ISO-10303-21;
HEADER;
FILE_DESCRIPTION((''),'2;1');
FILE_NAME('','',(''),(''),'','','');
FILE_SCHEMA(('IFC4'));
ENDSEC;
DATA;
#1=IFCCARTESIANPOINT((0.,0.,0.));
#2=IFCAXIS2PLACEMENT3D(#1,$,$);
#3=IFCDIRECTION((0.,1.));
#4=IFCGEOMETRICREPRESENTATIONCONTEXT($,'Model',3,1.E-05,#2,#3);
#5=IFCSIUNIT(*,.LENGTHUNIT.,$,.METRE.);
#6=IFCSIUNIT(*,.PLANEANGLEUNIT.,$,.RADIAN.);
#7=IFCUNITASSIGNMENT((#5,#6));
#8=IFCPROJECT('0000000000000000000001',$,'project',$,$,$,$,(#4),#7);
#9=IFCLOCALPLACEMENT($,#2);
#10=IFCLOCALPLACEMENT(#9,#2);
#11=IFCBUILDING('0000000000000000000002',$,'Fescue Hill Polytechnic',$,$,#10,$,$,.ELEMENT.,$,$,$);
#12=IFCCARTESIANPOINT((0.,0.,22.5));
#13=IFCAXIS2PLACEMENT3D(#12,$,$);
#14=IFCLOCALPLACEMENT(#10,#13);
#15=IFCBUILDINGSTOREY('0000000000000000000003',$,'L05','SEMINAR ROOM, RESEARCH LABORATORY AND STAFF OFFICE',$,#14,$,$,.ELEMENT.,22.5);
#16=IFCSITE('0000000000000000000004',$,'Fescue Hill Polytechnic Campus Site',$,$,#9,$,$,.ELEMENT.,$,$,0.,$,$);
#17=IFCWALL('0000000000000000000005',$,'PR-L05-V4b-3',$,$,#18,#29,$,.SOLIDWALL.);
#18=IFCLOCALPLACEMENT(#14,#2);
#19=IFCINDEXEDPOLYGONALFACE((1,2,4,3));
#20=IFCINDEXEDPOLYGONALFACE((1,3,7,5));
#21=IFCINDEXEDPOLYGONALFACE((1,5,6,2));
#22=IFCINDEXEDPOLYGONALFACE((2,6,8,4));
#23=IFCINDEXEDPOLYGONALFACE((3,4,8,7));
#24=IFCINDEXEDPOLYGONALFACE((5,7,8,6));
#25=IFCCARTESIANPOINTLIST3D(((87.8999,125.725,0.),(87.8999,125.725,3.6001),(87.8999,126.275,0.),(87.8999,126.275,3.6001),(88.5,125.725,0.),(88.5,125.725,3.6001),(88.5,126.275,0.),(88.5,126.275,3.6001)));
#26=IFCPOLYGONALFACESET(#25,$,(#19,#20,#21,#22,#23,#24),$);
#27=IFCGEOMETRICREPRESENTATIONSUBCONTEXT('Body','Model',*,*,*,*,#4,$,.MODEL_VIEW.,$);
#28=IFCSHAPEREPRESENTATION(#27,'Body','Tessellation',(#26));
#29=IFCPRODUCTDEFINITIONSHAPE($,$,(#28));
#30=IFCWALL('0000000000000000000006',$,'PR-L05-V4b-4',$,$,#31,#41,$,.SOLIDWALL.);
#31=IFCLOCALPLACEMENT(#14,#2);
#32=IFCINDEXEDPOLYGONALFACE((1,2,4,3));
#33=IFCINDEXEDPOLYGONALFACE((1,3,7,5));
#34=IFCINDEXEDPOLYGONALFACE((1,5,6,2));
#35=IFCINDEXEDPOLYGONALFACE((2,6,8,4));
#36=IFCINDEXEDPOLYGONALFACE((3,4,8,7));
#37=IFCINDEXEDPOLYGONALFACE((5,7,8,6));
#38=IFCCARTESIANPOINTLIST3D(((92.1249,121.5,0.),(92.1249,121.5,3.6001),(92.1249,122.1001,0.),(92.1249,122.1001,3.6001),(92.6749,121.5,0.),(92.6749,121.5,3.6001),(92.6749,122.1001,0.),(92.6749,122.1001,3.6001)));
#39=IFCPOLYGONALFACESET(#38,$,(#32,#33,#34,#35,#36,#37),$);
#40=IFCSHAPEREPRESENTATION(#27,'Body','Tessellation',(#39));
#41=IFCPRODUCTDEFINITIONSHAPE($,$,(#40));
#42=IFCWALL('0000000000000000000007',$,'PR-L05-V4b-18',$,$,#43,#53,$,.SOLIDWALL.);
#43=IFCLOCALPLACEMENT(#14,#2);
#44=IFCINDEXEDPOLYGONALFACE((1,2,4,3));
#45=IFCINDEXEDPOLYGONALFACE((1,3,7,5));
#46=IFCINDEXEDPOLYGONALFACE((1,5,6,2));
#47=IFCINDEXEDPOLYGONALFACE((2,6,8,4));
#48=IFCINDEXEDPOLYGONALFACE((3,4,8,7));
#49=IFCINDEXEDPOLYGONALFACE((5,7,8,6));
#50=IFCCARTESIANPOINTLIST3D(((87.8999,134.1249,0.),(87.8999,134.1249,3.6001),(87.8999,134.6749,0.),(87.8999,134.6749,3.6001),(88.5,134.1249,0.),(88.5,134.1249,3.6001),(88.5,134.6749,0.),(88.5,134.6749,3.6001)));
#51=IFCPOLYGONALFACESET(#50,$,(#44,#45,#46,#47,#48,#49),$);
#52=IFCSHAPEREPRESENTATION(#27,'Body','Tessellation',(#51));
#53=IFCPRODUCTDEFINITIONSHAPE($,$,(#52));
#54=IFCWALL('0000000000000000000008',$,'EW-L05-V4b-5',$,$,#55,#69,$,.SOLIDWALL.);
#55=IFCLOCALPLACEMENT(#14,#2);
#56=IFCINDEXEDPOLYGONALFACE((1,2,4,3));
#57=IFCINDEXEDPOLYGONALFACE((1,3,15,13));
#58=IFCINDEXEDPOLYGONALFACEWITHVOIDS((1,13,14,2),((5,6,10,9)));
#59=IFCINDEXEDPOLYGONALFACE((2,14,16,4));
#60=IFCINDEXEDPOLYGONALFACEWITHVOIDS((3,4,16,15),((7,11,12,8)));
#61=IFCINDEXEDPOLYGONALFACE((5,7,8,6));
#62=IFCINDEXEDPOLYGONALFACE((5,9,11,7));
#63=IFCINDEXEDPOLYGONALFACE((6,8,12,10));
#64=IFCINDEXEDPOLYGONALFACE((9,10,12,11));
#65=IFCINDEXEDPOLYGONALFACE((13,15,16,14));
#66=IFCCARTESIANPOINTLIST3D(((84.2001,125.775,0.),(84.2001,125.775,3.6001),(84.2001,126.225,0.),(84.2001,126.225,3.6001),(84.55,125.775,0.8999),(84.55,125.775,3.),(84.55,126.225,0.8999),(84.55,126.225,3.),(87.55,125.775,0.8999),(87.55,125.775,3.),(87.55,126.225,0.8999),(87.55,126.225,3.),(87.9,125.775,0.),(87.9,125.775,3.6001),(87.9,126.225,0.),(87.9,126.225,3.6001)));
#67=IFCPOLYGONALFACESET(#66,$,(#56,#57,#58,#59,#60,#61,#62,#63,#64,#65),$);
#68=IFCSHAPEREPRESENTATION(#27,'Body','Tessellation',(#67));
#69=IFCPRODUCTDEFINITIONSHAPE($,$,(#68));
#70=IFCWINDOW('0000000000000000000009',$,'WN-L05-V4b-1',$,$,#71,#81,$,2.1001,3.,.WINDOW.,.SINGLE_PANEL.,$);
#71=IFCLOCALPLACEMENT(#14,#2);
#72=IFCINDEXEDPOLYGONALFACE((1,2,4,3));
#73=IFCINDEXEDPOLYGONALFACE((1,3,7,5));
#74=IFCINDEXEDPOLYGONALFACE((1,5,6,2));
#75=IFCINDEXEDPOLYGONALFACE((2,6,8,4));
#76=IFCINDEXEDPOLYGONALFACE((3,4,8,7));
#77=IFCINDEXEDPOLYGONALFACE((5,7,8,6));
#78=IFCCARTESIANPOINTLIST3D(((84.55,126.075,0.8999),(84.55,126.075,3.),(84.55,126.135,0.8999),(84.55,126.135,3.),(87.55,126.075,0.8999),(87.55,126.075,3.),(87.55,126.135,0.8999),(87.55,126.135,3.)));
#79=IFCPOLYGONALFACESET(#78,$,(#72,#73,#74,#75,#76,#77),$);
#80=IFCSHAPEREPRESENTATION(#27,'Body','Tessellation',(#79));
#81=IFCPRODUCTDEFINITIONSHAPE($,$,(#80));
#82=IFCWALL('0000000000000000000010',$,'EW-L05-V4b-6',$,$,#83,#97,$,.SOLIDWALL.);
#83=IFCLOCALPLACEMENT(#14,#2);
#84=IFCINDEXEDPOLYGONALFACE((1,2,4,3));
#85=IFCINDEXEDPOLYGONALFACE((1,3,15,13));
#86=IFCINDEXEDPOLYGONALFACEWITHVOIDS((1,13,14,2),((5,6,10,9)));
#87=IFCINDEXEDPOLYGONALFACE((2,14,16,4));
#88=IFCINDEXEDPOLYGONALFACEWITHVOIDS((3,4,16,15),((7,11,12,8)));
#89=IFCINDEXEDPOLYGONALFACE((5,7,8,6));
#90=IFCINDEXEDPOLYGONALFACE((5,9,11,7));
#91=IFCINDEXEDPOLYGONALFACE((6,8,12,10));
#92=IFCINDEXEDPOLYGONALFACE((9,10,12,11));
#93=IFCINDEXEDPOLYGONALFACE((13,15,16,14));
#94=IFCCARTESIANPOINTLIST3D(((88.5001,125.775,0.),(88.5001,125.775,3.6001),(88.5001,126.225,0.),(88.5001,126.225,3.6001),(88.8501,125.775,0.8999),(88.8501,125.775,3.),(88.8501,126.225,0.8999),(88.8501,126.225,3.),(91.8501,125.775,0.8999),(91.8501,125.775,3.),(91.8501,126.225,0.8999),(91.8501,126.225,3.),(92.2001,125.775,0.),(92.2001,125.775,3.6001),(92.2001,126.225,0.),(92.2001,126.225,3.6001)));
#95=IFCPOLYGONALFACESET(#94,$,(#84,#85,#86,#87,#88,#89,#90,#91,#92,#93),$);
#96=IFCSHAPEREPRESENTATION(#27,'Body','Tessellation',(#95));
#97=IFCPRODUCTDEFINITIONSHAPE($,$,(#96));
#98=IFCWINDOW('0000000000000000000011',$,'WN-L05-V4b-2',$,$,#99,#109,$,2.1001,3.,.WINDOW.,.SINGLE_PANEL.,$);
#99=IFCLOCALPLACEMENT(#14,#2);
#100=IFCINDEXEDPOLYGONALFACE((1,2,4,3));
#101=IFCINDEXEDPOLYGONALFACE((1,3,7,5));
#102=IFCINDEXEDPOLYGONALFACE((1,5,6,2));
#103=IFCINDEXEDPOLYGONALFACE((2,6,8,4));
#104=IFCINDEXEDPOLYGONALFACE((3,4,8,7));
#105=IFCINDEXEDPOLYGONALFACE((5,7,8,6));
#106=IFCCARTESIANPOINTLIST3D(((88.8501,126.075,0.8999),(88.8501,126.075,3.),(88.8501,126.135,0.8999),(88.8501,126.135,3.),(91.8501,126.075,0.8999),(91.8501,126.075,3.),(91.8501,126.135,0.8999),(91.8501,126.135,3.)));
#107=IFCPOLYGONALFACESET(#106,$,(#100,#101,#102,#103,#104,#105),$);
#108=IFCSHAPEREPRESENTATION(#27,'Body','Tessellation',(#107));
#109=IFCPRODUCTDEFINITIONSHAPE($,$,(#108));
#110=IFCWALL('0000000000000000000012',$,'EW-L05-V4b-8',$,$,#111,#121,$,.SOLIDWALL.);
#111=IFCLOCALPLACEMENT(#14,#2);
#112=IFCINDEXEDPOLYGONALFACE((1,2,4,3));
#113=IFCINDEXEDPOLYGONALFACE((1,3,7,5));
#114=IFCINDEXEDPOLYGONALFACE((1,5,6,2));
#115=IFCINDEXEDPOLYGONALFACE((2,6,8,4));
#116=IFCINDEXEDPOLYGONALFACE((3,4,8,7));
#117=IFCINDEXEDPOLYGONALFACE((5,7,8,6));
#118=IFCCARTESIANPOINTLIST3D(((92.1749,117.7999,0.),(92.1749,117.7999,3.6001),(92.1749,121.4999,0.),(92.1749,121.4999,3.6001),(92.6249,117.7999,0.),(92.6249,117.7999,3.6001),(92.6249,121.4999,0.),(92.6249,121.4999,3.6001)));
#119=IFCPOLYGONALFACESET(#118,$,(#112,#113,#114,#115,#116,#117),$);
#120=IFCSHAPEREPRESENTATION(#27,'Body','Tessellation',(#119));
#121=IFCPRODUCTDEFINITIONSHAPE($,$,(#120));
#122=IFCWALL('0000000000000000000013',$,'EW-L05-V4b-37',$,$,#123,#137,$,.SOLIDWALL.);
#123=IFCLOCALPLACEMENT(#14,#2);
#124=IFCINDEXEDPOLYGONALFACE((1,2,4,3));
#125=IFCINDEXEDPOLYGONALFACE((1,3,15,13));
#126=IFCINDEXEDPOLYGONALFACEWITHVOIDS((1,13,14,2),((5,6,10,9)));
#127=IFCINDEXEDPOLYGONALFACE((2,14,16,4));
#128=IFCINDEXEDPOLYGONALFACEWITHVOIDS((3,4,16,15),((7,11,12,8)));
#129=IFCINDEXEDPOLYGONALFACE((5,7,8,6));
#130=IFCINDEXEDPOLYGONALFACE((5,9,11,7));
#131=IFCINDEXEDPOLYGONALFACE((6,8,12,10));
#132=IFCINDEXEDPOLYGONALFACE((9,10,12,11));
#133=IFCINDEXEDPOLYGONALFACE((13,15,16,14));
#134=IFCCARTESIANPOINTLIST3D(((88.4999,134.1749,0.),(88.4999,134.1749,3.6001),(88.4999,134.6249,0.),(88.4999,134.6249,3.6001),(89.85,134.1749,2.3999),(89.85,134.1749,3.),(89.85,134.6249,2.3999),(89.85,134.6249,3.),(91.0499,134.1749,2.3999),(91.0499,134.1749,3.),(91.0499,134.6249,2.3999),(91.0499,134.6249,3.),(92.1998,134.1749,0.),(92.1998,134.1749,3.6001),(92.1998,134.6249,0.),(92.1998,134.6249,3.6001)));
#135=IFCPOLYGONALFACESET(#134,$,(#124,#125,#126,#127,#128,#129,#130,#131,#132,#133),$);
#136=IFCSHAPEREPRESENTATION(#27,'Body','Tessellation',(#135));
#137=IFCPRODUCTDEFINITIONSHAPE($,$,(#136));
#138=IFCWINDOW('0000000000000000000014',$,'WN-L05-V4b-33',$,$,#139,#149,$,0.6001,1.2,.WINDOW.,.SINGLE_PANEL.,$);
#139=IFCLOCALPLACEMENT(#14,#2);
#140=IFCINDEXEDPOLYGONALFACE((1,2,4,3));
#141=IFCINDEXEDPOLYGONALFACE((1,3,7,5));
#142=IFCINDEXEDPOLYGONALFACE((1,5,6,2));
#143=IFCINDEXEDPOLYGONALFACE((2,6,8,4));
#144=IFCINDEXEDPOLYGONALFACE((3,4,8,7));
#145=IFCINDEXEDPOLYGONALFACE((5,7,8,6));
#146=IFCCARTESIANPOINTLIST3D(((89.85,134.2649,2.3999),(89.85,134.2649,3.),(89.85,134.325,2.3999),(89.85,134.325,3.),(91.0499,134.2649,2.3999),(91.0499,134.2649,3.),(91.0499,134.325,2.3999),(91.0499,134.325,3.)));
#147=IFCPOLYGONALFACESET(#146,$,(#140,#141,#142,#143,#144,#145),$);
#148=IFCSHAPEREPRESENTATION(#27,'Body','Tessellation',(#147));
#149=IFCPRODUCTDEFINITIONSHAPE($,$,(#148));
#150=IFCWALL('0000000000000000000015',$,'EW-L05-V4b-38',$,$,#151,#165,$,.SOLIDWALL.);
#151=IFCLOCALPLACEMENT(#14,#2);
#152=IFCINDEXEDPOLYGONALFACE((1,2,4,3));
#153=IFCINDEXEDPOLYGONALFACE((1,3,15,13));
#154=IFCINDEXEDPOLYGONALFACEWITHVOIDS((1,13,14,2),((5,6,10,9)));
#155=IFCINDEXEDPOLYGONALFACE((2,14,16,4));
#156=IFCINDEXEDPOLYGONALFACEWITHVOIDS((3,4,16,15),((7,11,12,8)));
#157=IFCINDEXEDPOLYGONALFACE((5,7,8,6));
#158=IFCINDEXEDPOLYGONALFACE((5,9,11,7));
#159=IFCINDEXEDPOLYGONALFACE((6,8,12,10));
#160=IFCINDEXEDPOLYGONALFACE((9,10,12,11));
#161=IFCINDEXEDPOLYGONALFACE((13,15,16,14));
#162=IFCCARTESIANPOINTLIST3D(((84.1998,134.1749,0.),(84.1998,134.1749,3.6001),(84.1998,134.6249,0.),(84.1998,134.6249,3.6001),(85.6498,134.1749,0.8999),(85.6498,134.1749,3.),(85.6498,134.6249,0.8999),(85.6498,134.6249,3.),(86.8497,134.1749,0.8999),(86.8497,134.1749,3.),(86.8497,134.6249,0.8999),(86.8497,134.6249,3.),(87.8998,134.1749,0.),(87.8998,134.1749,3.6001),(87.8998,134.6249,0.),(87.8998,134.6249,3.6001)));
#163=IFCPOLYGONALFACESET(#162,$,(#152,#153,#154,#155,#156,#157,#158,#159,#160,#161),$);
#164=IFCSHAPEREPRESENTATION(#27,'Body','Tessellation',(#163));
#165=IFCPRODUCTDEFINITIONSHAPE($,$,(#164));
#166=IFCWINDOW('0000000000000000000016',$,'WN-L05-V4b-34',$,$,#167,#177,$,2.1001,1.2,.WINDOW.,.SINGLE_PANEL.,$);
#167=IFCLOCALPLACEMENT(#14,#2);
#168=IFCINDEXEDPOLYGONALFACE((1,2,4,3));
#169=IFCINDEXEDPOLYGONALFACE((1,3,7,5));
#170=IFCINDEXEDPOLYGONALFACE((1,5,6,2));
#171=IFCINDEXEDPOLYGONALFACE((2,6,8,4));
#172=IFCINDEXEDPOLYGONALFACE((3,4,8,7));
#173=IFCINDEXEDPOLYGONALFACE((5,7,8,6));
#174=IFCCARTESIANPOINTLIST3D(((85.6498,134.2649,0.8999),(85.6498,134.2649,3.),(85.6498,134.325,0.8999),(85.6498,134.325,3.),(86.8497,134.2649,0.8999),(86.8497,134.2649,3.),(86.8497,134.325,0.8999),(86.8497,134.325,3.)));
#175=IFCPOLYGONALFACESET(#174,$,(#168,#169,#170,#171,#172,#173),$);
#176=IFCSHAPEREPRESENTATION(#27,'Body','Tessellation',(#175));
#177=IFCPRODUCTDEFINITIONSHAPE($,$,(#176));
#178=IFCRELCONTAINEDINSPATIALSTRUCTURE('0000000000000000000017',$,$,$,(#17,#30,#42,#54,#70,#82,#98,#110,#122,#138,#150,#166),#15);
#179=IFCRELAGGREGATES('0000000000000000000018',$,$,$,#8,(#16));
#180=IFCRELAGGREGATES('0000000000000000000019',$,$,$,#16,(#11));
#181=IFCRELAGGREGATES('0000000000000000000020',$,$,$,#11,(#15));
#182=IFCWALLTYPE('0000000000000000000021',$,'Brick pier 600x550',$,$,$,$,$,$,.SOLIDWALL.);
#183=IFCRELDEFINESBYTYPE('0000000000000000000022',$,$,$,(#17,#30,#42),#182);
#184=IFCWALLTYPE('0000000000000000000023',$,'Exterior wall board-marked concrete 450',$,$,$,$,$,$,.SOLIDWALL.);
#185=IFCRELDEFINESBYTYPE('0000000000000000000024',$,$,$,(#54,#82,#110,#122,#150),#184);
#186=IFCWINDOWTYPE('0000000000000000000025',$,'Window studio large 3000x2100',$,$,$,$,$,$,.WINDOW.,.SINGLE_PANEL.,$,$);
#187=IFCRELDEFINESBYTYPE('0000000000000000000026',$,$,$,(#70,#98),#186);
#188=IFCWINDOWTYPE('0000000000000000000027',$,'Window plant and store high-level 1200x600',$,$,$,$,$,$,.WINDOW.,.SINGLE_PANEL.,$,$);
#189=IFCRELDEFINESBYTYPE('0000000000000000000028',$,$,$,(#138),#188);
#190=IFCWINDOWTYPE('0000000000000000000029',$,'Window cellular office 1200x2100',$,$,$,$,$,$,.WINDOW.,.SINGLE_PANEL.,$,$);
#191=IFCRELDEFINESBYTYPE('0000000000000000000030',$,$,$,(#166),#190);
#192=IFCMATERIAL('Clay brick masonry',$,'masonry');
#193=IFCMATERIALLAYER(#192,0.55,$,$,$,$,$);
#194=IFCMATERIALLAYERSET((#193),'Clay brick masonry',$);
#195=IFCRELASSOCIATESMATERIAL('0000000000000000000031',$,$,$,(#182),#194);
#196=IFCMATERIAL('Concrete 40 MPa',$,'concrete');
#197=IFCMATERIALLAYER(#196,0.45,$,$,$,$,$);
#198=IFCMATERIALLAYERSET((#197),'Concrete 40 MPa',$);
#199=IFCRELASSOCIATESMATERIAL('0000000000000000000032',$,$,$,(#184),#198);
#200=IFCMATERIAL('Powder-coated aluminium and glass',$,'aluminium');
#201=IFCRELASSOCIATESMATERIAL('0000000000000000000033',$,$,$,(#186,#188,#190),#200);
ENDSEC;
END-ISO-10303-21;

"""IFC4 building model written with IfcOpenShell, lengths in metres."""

from ifc_helpers import new_model, si_unit, direction, frame, frame_2d, origin, place, context, subcontext, project, spatial, rectangle, extrude, material, layer, layer_set, type_object, element, fill, save


model = new_model("IFC4")

# Units and contexts
model_context = context("Model", 3, precision=1e-05, world=origin(), true_north=direction((0.0, 1.0)))
body_context = subcontext(model_context, "Body", "Model", "MODEL_VIEW")
ifc_project = project(units=[si_unit("LENGTHUNIT", "METRE"), si_unit("PLANEANGLEUNIT", "RADIAN")], contexts=[model_context])

# Site, building, storey
site_placement = place(None, origin())
site = spatial("IfcSite", under=ifc_project, at=site_placement, Name="Fescue Hill Polytechnic Campus Site", CompositionType="ELEMENT", RefElevation=0.0)
building_placement = place(site_placement, origin())
building = spatial("IfcBuilding", under=site, at=building_placement, Name="Fescue Hill Polytechnic", CompositionType="ELEMENT")
storey_placement = place(building_placement, frame((0.0, 0.0, 22.5)))
storey = spatial("IfcBuildingStorey", under=building, at=storey_placement, Name="L05", Description="SEMINAR ROOM, RESEARCH LABORATORY AND STAFF OFFICE", CompositionType="ELEMENT", Elevation=22.5)

# Walls
ifc_material_1 = material(Name="Clay brick masonry", Category="masonry")
ifc_layer_1 = layer(ifc_material_1, 0.55)
ifc_layer_set_1 = layer_set([ifc_layer_1], Name="Clay brick masonry")
wall_type_1 = type_object("IfcWallType", Name="Brick pier 600x550", PredefinedType="SOLIDWALL", material=ifc_layer_set_1)
for number, where, z_axis, x_axis, name in (
    (1, (87.8999, 126.0, 0.0), (0.0, 0.0, 1.0), (1.0, 0.0, 0.0), "PR-L05-V4b-3"),
    (2, (92.3999, 122.1001, 0.0), (0.0, 0.0, 1.0), (0.0, -1.0, 0.0), "PR-L05-V4b-4"),
    (3, (88.5, 134.3999, 0.0), (0.0, 0.0, 1.0), (-1.0, 0.0, 0.0), "PR-L05-V4b-18"),
):
    element("IfcWall", number, at=place(storey_placement, frame(where, z_axis=z_axis, x_axis=x_axis)), inside=storey, type_object=wall_type_1, Name=name, PredefinedType="SOLIDWALL", context=body_context, shape_type="SweptSolid", body=[
        extrude(rectangle(XDim=0.6001, YDim=0.55, at=frame_2d((0.3, 0.0))), origin(), (0.0, 0.0, 1.0), 3.6001),
    ])

# Walls, openings, windows
ifc_material_2 = material(Name="Concrete 40 MPa", Category="concrete")
ifc_layer_2 = layer(ifc_material_2, 0.45)
ifc_layer_set_2 = layer_set([ifc_layer_2], Name="Concrete 40 MPa")
wall_type_2 = type_object("IfcWallType", Name="Exterior wall board-marked concrete 450", PredefinedType="SOLIDWALL", material=ifc_layer_set_2)
wall_1_placement = place(storey_placement, frame((84.2, 126.0, 0.0), z_axis=(0.0, 0.0, 1.0), x_axis=(1.0, 0.0, 0.0)))
wall_1 = element("IfcWall", 4, at=wall_1_placement, inside=storey, type_object=wall_type_2, Name="EW-L05-V4b-5", PredefinedType="SOLIDWALL", context=body_context, shape_type="SweptSolid", body=[
    extrude(rectangle(XDim=3.7, YDim=0.45, at=frame_2d((1.8501, 0.0))), origin(), (0.0, 0.0, 1.0), 3.6001),
])
opening_1_placement = place(wall_1_placement, frame((0.3501, 0.0, 0.8999)))
opening_1 = element("IfcOpeningElement", 5, at=opening_1_placement, cuts=wall_1, PredefinedType="OPENING", context=body_context, shape_type="SweptSolid", body=[
    extrude(rectangle(XDim=3.0, YDim=2.1001, at=frame_2d((1.5, 1.05))), frame((0.0, 0.2349, 0.0), z_axis=(0.0, -1.0, 0.0), x_axis=(1.0, 0.0, 0.0)), (0.0, 0.0, 1.0), 0.47),
])
ifc_material_3 = material(Name="Powder-coated aluminium and glass", Category="aluminium")
window_type_1 = type_object("IfcWindowType", Name="Window studio large 3000x2100", PartitioningType="SINGLE_PANEL", PredefinedType="WINDOW", material=ifc_material_3)
window_1_placement = place(opening_1_placement, origin())
window_1 = element("IfcWindow", 6, at=window_1_placement, inside=storey, type_object=window_type_1, Name="WN-L05-V4b-1", OverallHeight=2.1001, OverallWidth=3.0, PartitioningType="SINGLE_PANEL", PredefinedType="WINDOW", context=body_context, shape_type="SweptSolid", body=[
    extrude(rectangle(XDim=3.0, YDim=2.1001, at=frame_2d((1.5, 1.05))), frame((0.0, 0.135, 0.0), z_axis=(0.0, -1.0, 0.0), x_axis=(1.0, 0.0, 0.0)), (0.0, 0.0, 1.0), 0.0601),
])
fill(opening_1, window_1)
wall_2_placement = place(storey_placement, frame((88.5, 126.0, 0.0), z_axis=(0.0, 0.0, 1.0), x_axis=(1.0, 0.0, 0.0)))
wall_2 = element("IfcWall", 7, at=wall_2_placement, inside=storey, type_object=wall_type_2, Name="EW-L05-V4b-6", PredefinedType="SOLIDWALL", context=body_context, shape_type="SweptSolid", body=[
    extrude(rectangle(XDim=3.7, YDim=0.45, at=frame_2d((1.8501, 0.0))), origin(), (0.0, 0.0, 1.0), 3.6001),
])
opening_2_placement = place(wall_2_placement, frame((0.3501, 0.0, 0.8999)))
opening_2 = element("IfcOpeningElement", 8, at=opening_2_placement, cuts=wall_2, PredefinedType="OPENING", context=body_context, shape_type="SweptSolid", body=[
    extrude(rectangle(XDim=3.0, YDim=2.1001, at=frame_2d((1.5, 1.05))), frame((0.0, 0.2349, 0.0), z_axis=(0.0, -1.0, 0.0), x_axis=(1.0, 0.0, 0.0)), (0.0, 0.0, 1.0), 0.47),
])
window_2_placement = place(opening_2_placement, origin())
window_2 = element("IfcWindow", 9, at=window_2_placement, inside=storey, type_object=window_type_1, Name="WN-L05-V4b-2", OverallHeight=2.1001, OverallWidth=3.0, PartitioningType="SINGLE_PANEL", PredefinedType="WINDOW", context=body_context, shape_type="SweptSolid", body=[
    extrude(rectangle(XDim=3.0, YDim=2.1001, at=frame_2d((1.5, 1.05))), frame((0.0, 0.135, 0.0), z_axis=(0.0, -1.0, 0.0), x_axis=(1.0, 0.0, 0.0)), (0.0, 0.0, 1.0), 0.0601),
])
fill(opening_2, window_2)

# Wall
wall_3_placement = place(storey_placement, frame((92.3999, 121.5, 0.0), z_axis=(0.0, 0.0, 1.0), x_axis=(0.0, -1.0, 0.0)))
element("IfcWall", 10, at=wall_3_placement, inside=storey, type_object=wall_type_2, Name="EW-L05-V4b-8", PredefinedType="SOLIDWALL", context=body_context, shape_type="SweptSolid", body=[
    extrude(rectangle(XDim=3.7, YDim=0.45, at=frame_2d((1.8501, 0.0))), origin(), (0.0, 0.0, 1.0), 3.6001),
])

# Walls, openings, windows
wall_4_placement = place(storey_placement, frame((92.2, 134.3999, 0.0), z_axis=(0.0, 0.0, 1.0), x_axis=(-1.0, 0.0, 0.0)))
wall_4 = element("IfcWall", 11, at=wall_4_placement, inside=storey, type_object=wall_type_2, Name="EW-L05-V4b-37", PredefinedType="SOLIDWALL", context=body_context, shape_type="SweptSolid", body=[
    extrude(rectangle(XDim=3.7, YDim=0.45, at=frame_2d((1.8501, 0.0))), origin(), (0.0, 0.0, 1.0), 3.6001),
])
opening_3_placement = place(wall_4_placement, frame((1.1499, 0.0, 2.3999)))
opening_3 = element("IfcOpeningElement", 12, at=opening_3_placement, cuts=wall_4, PredefinedType="OPENING", context=body_context, shape_type="SweptSolid", body=[
    extrude(rectangle(XDim=1.2, YDim=0.6001, at=frame_2d((0.6001, 0.3))), frame((0.0, 0.2349, 0.0), z_axis=(0.0, -1.0, 0.0), x_axis=(1.0, 0.0, 0.0)), (0.0, 0.0, 1.0), 0.47),
])
window_type_2 = type_object("IfcWindowType", Name="Window plant and store high-level 1200x600", PartitioningType="SINGLE_PANEL", PredefinedType="WINDOW", material=ifc_material_3)
window_3_placement = place(opening_3_placement, origin())
window_3 = element("IfcWindow", 13, at=window_3_placement, inside=storey, type_object=window_type_2, Name="WN-L05-V4b-33", OverallHeight=0.6001, OverallWidth=1.2, PartitioningType="SINGLE_PANEL", PredefinedType="WINDOW", context=body_context, shape_type="SweptSolid", body=[
    extrude(rectangle(XDim=1.2, YDim=0.6001, at=frame_2d((0.6001, 0.3))), frame((0.0, 0.135, 0.0), z_axis=(0.0, -1.0, 0.0), x_axis=(1.0, 0.0, 0.0)), (0.0, 0.0, 1.0), 0.0601),
])
fill(opening_3, window_3)
wall_5_placement = place(storey_placement, frame((87.8999, 134.3999, 0.0), z_axis=(0.0, 0.0, 1.0), x_axis=(-1.0, 0.0, 0.0)))
wall_5 = element("IfcWall", 14, at=wall_5_placement, inside=storey, type_object=wall_type_2, Name="EW-L05-V4b-38", PredefinedType="SOLIDWALL", context=body_context, shape_type="SweptSolid", body=[
    extrude(rectangle(XDim=3.7, YDim=0.45, at=frame_2d((1.8501, 0.0))), origin(), (0.0, 0.0, 1.0), 3.6001),
])
opening_4_placement = place(wall_5_placement, frame((1.05, 0.0, 0.8999)))
opening_4 = element("IfcOpeningElement", 15, at=opening_4_placement, cuts=wall_5, PredefinedType="OPENING", context=body_context, shape_type="SweptSolid", body=[
    extrude(rectangle(XDim=1.2, YDim=2.1001, at=frame_2d((0.6001, 1.05))), frame((0.0, 0.2349, 0.0), z_axis=(0.0, -1.0, 0.0), x_axis=(1.0, 0.0, 0.0)), (0.0, 0.0, 1.0), 0.47),
])
window_type_3 = type_object("IfcWindowType", Name="Window cellular office 1200x2100", PartitioningType="SINGLE_PANEL", PredefinedType="WINDOW", material=ifc_material_3)
window_4_placement = place(opening_4_placement, origin())
window_4 = element("IfcWindow", 16, at=window_4_placement, inside=storey, type_object=window_type_3, Name="WN-L05-V4b-34", OverallHeight=2.1001, OverallWidth=1.2, PartitioningType="SINGLE_PANEL", PredefinedType="WINDOW", context=body_context, shape_type="SweptSolid", body=[
    extrude(rectangle(XDim=1.2, YDim=2.1001, at=frame_2d((0.6001, 1.05))), frame((0.0, 0.135, 0.0), z_axis=(0.0, -1.0, 0.0), x_axis=(1.0, 0.0, 0.0)), (0.0, 0.0, 1.0), 0.0601),
])
fill(opening_4, window_4)

save(model, "model.ifc")
